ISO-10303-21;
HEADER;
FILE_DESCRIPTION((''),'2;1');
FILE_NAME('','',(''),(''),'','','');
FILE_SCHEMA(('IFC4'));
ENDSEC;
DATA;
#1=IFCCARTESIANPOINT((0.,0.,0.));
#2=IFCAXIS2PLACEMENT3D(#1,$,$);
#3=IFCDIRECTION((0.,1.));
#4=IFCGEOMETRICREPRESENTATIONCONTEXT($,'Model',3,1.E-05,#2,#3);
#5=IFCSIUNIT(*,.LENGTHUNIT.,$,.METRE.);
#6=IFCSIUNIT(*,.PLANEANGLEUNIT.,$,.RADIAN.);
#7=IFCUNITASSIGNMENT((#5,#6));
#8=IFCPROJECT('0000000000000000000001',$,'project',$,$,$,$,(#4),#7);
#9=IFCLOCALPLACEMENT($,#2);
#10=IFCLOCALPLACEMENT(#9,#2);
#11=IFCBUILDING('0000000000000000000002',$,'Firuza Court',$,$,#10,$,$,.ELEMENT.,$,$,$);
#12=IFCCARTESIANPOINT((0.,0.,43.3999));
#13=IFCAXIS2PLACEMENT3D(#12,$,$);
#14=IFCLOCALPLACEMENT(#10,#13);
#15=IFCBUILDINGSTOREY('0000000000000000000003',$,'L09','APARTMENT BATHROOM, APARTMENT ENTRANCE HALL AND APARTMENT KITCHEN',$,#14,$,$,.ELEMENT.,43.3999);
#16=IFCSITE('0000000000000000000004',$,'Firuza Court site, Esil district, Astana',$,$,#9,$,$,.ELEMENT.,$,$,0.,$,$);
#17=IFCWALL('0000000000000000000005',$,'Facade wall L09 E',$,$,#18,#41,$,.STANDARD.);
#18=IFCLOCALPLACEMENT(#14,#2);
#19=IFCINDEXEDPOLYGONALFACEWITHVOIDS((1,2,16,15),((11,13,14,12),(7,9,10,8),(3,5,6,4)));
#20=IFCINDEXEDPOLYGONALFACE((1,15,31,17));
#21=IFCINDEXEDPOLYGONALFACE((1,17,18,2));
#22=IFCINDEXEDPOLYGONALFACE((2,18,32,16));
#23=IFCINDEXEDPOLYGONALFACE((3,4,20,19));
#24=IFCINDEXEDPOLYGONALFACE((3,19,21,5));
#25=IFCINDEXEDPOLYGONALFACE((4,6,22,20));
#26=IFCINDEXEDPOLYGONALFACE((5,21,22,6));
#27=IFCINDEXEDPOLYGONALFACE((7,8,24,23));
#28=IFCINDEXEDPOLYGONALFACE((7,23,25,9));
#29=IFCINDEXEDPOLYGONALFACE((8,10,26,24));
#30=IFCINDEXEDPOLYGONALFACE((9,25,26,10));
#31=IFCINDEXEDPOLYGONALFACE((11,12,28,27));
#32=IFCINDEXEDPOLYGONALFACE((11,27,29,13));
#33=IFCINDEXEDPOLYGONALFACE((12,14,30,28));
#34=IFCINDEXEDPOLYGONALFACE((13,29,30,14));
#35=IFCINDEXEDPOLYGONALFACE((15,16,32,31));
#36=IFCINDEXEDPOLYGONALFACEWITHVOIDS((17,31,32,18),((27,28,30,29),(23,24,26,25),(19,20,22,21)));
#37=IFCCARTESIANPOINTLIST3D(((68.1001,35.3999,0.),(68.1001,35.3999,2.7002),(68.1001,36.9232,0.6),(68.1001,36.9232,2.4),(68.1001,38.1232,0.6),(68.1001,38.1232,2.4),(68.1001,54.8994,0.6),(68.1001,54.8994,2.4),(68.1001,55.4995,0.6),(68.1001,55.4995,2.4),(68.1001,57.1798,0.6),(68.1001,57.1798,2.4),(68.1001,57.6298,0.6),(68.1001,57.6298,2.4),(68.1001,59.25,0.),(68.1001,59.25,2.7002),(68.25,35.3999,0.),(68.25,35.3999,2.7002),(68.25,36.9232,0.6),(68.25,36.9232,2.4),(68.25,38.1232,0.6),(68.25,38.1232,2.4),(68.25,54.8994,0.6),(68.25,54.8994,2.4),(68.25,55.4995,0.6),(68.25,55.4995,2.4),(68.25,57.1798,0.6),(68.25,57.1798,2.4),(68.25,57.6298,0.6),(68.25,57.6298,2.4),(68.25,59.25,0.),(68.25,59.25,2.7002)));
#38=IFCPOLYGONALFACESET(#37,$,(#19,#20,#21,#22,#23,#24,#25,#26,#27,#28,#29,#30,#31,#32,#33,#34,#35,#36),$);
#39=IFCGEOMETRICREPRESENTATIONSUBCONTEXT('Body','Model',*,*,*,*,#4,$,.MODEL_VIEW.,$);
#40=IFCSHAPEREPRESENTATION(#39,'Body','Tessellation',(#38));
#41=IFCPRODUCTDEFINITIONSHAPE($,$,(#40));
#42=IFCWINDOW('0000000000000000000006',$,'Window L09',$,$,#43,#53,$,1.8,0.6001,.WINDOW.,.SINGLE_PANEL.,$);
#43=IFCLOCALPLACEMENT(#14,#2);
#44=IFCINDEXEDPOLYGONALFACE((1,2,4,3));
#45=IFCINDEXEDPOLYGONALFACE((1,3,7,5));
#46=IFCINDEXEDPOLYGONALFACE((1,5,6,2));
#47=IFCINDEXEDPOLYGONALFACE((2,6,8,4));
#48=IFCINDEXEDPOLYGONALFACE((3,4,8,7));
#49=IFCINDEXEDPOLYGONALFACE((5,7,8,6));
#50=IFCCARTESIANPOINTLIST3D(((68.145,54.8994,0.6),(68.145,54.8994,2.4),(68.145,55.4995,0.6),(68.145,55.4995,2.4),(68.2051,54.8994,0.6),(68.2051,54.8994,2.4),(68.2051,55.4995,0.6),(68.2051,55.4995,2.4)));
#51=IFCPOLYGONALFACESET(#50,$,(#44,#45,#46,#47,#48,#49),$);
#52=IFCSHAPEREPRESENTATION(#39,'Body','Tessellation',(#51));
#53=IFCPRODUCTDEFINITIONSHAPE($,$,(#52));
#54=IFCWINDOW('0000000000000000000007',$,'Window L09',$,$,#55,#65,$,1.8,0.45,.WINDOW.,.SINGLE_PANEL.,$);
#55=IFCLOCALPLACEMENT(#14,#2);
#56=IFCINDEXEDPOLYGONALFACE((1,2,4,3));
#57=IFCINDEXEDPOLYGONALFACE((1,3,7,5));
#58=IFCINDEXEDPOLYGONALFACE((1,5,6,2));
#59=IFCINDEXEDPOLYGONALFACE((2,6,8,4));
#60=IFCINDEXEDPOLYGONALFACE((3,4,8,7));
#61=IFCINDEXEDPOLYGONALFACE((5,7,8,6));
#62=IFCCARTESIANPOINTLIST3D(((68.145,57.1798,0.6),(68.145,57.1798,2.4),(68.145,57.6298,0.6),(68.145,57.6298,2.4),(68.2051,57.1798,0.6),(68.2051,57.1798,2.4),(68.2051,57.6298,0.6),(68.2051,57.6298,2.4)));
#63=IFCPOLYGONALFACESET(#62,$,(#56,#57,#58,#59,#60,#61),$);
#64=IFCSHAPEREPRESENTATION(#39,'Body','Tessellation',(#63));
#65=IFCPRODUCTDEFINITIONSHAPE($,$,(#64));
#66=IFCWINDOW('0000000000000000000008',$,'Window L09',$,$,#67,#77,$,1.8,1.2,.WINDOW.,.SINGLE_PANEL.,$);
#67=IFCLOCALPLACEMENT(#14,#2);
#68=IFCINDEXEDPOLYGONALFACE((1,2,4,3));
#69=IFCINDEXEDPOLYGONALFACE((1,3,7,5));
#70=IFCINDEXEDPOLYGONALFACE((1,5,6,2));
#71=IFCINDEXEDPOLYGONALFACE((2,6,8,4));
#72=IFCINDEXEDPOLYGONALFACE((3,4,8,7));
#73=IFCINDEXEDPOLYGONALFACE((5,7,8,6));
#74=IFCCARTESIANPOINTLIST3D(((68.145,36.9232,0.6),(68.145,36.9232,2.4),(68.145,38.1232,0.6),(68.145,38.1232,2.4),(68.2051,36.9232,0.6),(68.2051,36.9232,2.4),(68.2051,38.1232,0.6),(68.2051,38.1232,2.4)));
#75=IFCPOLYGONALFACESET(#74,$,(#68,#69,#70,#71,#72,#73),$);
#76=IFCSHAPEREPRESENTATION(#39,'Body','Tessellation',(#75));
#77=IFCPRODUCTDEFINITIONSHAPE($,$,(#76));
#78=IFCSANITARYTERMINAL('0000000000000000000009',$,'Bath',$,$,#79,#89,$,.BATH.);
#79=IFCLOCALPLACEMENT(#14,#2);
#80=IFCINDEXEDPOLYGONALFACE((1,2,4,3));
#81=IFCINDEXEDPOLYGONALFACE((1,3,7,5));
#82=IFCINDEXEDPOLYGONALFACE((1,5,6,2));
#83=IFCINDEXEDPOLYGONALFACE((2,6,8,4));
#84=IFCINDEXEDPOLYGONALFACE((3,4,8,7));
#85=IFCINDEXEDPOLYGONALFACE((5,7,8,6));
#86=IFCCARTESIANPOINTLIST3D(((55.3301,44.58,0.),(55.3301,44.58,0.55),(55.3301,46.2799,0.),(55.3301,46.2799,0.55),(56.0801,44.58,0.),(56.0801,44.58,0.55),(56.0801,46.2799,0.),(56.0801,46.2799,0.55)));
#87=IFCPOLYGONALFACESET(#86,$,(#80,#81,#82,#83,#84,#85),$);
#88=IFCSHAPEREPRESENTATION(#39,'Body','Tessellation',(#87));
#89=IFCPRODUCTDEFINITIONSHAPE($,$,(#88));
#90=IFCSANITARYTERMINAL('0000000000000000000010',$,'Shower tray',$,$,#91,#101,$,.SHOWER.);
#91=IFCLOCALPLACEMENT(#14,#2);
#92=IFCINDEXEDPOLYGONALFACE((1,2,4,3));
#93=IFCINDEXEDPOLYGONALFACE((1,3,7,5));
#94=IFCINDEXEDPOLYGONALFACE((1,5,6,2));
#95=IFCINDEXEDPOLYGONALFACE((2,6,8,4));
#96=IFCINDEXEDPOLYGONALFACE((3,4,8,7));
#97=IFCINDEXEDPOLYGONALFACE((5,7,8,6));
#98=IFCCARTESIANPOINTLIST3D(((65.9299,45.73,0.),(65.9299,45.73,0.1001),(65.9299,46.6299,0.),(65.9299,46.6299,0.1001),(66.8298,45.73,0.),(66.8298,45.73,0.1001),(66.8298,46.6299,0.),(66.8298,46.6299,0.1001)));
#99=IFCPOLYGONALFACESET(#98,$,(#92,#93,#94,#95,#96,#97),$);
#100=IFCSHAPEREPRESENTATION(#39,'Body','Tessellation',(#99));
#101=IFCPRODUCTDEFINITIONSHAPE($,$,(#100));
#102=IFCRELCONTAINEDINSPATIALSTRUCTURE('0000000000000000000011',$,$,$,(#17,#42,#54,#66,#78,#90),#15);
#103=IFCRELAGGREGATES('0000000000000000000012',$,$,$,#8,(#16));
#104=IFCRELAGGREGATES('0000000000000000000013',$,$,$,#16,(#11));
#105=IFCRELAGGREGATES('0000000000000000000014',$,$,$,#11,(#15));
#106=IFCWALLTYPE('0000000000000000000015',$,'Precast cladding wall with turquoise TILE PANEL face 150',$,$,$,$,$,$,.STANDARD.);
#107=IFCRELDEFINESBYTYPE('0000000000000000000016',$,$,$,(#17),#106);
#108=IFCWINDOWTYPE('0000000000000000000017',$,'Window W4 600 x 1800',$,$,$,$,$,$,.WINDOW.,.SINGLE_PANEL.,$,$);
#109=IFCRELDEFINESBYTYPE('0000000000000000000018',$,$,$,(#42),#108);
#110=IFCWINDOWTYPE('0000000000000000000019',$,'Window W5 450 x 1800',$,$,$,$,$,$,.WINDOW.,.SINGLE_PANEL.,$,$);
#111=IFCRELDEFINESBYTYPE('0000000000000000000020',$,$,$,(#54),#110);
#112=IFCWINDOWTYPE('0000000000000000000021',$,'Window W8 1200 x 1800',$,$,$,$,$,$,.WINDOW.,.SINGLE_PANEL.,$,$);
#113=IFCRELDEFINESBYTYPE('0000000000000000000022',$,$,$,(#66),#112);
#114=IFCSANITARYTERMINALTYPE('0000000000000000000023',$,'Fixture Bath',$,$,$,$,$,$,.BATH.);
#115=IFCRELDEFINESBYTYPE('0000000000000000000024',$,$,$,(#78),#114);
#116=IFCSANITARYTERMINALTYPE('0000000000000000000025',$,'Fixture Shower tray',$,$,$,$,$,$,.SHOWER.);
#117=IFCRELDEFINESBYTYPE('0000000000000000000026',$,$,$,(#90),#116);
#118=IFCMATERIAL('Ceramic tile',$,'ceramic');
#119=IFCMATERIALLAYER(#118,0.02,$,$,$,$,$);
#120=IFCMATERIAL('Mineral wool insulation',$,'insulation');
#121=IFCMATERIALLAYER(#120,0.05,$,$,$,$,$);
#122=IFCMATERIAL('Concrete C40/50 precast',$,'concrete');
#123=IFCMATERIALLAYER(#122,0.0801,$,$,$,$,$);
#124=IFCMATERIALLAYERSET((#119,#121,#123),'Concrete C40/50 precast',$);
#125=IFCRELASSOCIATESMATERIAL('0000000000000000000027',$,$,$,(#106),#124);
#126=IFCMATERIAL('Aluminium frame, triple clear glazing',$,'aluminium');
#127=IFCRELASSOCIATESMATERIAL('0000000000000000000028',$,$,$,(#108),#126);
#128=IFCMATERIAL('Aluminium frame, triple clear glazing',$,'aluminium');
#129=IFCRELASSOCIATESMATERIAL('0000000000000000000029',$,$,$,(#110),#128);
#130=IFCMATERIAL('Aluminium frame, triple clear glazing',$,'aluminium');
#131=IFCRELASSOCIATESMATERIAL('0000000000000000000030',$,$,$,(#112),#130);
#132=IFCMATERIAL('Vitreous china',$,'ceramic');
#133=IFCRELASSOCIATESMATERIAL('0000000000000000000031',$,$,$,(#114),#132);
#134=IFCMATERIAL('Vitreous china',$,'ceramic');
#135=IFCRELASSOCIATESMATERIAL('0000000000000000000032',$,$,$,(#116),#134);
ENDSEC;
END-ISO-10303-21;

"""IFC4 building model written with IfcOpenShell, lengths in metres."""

from ifc_helpers import new_model, si_unit, direction, frame, frame_2d, origin, origin_2d, place, context, subcontext, project, spatial, rectangle, extrude, material, layer, layer_set, type_object, element, fill, save


model = new_model("IFC4")

# Units and contexts
model_context = context("Model", 3, precision=1e-05, world=origin(), true_north=direction((0.0, 1.0)))
body_context = subcontext(model_context, "Body", "Model", "MODEL_VIEW")
ifc_project = project(units=[si_unit("LENGTHUNIT", "METRE"), si_unit("PLANEANGLEUNIT", "RADIAN")], contexts=[model_context])

# Site, building, storey
site_placement = place(None, origin())
site = spatial("IfcSite", under=ifc_project, at=site_placement, Name="Firuza Court site, Esil district, Astana", CompositionType="ELEMENT", RefElevation=0.0)
building_placement = place(site_placement, origin())
building = spatial("IfcBuilding", under=site, at=building_placement, Name="Firuza Court", CompositionType="ELEMENT")
storey_placement = place(building_placement, frame((0.0, 0.0, 43.3999)))
storey = spatial("IfcBuildingStorey", under=building, at=storey_placement, Name="L09", Description="APARTMENT BATHROOM, APARTMENT ENTRANCE HALL AND APARTMENT KITCHEN", CompositionType="ELEMENT", Elevation=43.3999)

# Wall, openings, windows
ifc_material_1 = material(Name="Ceramic tile", Category="ceramic")
ifc_layer_1 = layer(ifc_material_1, 0.02)
ifc_material_2 = material(Name="Mineral wool insulation", Category="insulation")
ifc_layer_2 = layer(ifc_material_2, 0.05)
ifc_material_3 = material(Name="Concrete C40/50 precast", Category="concrete")
ifc_layer_3 = layer(ifc_material_3, 0.0801)
ifc_layer_set_1 = layer_set([ifc_layer_1, ifc_layer_2, ifc_layer_3], Name="Concrete C40/50 precast")
wall_type_1 = type_object("IfcWallType", Name="Precast cladding wall with turquoise TILE PANEL face 150", PredefinedType="STANDARD", material=ifc_layer_set_1)
wall_1_placement = place(storey_placement, frame((68.175, 35.3999, 0.0), z_axis=(0.0, 0.0, 1.0), x_axis=(0.0, 1.0, 0.0)))
wall_1 = element("IfcWall", 1, at=wall_1_placement, inside=storey, type_object=wall_type_1, Name="Facade wall L09 E", PredefinedType="STANDARD", context=body_context, shape_type="SweptSolid", body=[
    extrude(rectangle(XDim=23.8501, YDim=0.1499, at=frame_2d((11.925, 0.0))), origin(), (0.0, 0.0, 1.0), 2.7002),
])
opening_1_placement = place(wall_1_placement, frame((1.5232, 0.0, 0.6001)))
opening_1 = element("IfcOpeningElement", 2, at=opening_1_placement, cuts=wall_1, PredefinedType="OPENING", context=body_context, shape_type="SweptSolid", body=[
    extrude(rectangle(XDim=1.2, YDim=1.8, at=frame_2d((0.6001, 0.8999))), frame((0.0, 0.0869, 0.0), z_axis=(0.0, -1.0, 0.0), x_axis=(1.0, 0.0, 0.0)), (0.0, 0.0, 1.0), 0.1738),
])
opening_2_placement = place(wall_1_placement, frame((19.4995, 0.0, 0.6001)))
opening_2 = element("IfcOpeningElement", 3, at=opening_2_placement, cuts=wall_1, PredefinedType="OPENING", context=body_context, shape_type="SweptSolid", body=[
    extrude(rectangle(XDim=0.6001, YDim=1.8, at=frame_2d((0.3, 0.8999))), frame((0.0, 0.0869, 0.0), z_axis=(0.0, -1.0, 0.0), x_axis=(1.0, 0.0, 0.0)), (0.0, 0.0, 1.0), 0.1738),
])
opening_3_placement = place(wall_1_placement, frame((21.7798, 0.0, 0.6001)))
opening_3 = element("IfcOpeningElement", 4, at=opening_3_placement, cuts=wall_1, PredefinedType="OPENING", context=body_context, shape_type="SweptSolid", body=[
    extrude(rectangle(XDim=0.45, YDim=1.8, at=frame_2d((0.2251, 0.8999))), frame((0.0, 0.0869, 0.0), z_axis=(0.0, -1.0, 0.0), x_axis=(1.0, 0.0, 0.0)), (0.0, 0.0, 1.0), 0.1738),
])
ifc_material_4 = material(Name="Aluminium frame, triple clear glazing", Category="aluminium")
window_type_1 = type_object("IfcWindowType", Name="Window W4 600 x 1800", PartitioningType="SINGLE_PANEL", PredefinedType="WINDOW", material=ifc_material_4)
window_1_placement = place(opening_2_placement, origin())
window_1 = element("IfcWindow", 5, at=window_1_placement, inside=storey, type_object=window_type_1, Name="Window L09", OverallHeight=1.8, OverallWidth=0.6001, PartitioningType="SINGLE_PANEL", PredefinedType="WINDOW", context=body_context, shape_type="SweptSolid", body=[
    extrude(rectangle(XDim=0.6001, YDim=1.8, at=frame_2d((0.3, 0.8999))), frame((0.0, 0.03, 0.0), z_axis=(0.0, -1.0, 0.0), x_axis=(1.0, 0.0, 0.0)), (0.0, 0.0, 1.0), 0.0601),
])
fill(opening_2, window_1)
ifc_material_5 = material(Name="Aluminium frame, triple clear glazing", Category="aluminium")
window_type_2 = type_object("IfcWindowType", Name="Window W5 450 x 1800", PartitioningType="SINGLE_PANEL", PredefinedType="WINDOW", material=ifc_material_5)
window_2_placement = place(opening_3_placement, origin())
window_2 = element("IfcWindow", 6, at=window_2_placement, inside=storey, type_object=window_type_2, Name="Window L09", OverallHeight=1.8, OverallWidth=0.45, PartitioningType="SINGLE_PANEL", PredefinedType="WINDOW", context=body_context, shape_type="SweptSolid", body=[
    extrude(rectangle(XDim=0.45, YDim=1.8, at=frame_2d((0.2251, 0.8999))), frame((0.0, 0.03, 0.0), z_axis=(0.0, -1.0, 0.0), x_axis=(1.0, 0.0, 0.0)), (0.0, 0.0, 1.0), 0.0601),
])
fill(opening_3, window_2)
ifc_material_6 = material(Name="Aluminium frame, triple clear glazing", Category="aluminium")
window_type_3 = type_object("IfcWindowType", Name="Window W8 1200 x 1800", PartitioningType="SINGLE_PANEL", PredefinedType="WINDOW", material=ifc_material_6)
window_3_placement = place(opening_1_placement, origin())
window_3 = element("IfcWindow", 7, at=window_3_placement, inside=storey, type_object=window_type_3, Name="Window L09", OverallHeight=1.8, OverallWidth=1.2, PartitioningType="SINGLE_PANEL", PredefinedType="WINDOW", context=body_context, shape_type="SweptSolid", body=[
    extrude(rectangle(XDim=1.2, YDim=1.8, at=frame_2d((0.6001, 0.8999))), frame((0.0, 0.03, 0.0), z_axis=(0.0, -1.0, 0.0), x_axis=(1.0, 0.0, 0.0)), (0.0, 0.0, 1.0), 0.0601),
])
fill(opening_1, window_3)

# Sanitary terminals
ifc_material_7 = material(Name="Vitreous china", Category="ceramic")
sanitary_terminal_type_1 = type_object("IfcSanitaryTerminalType", Name="Fixture Bath", PredefinedType="BATH", material=ifc_material_7)
sanitary_terminal_1_placement = place(storey_placement, frame((55.7051, 45.4299, 0.0), z_axis=(0.0, 0.0, 1.0), x_axis=(1.0, 0.0, 0.0)))
element("IfcSanitaryTerminal", 8, at=sanitary_terminal_1_placement, inside=storey, type_object=sanitary_terminal_type_1, Name="Bath", PredefinedType="BATH", context=body_context, shape_type="SweptSolid", body=[
    extrude(rectangle(XDim=0.75, YDim=1.7, at=origin_2d()), origin(), (0.0, 0.0, 1.0), 0.55),
])
ifc_material_8 = material(Name="Vitreous china", Category="ceramic")
sanitary_terminal_type_2 = type_object("IfcSanitaryTerminalType", Name="Fixture Shower tray", PredefinedType="SHOWER", material=ifc_material_8)
sanitary_terminal_2_placement = place(storey_placement, frame((66.3799, 46.1799, 0.0), z_axis=(0.0, 0.0, 1.0), x_axis=(1.0, 0.0, 0.0)))
element("IfcSanitaryTerminal", 9, at=sanitary_terminal_2_placement, inside=storey, type_object=sanitary_terminal_type_2, Name="Shower tray", PredefinedType="SHOWER", context=body_context, shape_type="SweptSolid", body=[
    extrude(rectangle(XDim=0.8999, YDim=0.8999, at=origin_2d()), origin(), (0.0, 0.0, 1.0), 0.1001),
])

save(model, "model.ifc")
